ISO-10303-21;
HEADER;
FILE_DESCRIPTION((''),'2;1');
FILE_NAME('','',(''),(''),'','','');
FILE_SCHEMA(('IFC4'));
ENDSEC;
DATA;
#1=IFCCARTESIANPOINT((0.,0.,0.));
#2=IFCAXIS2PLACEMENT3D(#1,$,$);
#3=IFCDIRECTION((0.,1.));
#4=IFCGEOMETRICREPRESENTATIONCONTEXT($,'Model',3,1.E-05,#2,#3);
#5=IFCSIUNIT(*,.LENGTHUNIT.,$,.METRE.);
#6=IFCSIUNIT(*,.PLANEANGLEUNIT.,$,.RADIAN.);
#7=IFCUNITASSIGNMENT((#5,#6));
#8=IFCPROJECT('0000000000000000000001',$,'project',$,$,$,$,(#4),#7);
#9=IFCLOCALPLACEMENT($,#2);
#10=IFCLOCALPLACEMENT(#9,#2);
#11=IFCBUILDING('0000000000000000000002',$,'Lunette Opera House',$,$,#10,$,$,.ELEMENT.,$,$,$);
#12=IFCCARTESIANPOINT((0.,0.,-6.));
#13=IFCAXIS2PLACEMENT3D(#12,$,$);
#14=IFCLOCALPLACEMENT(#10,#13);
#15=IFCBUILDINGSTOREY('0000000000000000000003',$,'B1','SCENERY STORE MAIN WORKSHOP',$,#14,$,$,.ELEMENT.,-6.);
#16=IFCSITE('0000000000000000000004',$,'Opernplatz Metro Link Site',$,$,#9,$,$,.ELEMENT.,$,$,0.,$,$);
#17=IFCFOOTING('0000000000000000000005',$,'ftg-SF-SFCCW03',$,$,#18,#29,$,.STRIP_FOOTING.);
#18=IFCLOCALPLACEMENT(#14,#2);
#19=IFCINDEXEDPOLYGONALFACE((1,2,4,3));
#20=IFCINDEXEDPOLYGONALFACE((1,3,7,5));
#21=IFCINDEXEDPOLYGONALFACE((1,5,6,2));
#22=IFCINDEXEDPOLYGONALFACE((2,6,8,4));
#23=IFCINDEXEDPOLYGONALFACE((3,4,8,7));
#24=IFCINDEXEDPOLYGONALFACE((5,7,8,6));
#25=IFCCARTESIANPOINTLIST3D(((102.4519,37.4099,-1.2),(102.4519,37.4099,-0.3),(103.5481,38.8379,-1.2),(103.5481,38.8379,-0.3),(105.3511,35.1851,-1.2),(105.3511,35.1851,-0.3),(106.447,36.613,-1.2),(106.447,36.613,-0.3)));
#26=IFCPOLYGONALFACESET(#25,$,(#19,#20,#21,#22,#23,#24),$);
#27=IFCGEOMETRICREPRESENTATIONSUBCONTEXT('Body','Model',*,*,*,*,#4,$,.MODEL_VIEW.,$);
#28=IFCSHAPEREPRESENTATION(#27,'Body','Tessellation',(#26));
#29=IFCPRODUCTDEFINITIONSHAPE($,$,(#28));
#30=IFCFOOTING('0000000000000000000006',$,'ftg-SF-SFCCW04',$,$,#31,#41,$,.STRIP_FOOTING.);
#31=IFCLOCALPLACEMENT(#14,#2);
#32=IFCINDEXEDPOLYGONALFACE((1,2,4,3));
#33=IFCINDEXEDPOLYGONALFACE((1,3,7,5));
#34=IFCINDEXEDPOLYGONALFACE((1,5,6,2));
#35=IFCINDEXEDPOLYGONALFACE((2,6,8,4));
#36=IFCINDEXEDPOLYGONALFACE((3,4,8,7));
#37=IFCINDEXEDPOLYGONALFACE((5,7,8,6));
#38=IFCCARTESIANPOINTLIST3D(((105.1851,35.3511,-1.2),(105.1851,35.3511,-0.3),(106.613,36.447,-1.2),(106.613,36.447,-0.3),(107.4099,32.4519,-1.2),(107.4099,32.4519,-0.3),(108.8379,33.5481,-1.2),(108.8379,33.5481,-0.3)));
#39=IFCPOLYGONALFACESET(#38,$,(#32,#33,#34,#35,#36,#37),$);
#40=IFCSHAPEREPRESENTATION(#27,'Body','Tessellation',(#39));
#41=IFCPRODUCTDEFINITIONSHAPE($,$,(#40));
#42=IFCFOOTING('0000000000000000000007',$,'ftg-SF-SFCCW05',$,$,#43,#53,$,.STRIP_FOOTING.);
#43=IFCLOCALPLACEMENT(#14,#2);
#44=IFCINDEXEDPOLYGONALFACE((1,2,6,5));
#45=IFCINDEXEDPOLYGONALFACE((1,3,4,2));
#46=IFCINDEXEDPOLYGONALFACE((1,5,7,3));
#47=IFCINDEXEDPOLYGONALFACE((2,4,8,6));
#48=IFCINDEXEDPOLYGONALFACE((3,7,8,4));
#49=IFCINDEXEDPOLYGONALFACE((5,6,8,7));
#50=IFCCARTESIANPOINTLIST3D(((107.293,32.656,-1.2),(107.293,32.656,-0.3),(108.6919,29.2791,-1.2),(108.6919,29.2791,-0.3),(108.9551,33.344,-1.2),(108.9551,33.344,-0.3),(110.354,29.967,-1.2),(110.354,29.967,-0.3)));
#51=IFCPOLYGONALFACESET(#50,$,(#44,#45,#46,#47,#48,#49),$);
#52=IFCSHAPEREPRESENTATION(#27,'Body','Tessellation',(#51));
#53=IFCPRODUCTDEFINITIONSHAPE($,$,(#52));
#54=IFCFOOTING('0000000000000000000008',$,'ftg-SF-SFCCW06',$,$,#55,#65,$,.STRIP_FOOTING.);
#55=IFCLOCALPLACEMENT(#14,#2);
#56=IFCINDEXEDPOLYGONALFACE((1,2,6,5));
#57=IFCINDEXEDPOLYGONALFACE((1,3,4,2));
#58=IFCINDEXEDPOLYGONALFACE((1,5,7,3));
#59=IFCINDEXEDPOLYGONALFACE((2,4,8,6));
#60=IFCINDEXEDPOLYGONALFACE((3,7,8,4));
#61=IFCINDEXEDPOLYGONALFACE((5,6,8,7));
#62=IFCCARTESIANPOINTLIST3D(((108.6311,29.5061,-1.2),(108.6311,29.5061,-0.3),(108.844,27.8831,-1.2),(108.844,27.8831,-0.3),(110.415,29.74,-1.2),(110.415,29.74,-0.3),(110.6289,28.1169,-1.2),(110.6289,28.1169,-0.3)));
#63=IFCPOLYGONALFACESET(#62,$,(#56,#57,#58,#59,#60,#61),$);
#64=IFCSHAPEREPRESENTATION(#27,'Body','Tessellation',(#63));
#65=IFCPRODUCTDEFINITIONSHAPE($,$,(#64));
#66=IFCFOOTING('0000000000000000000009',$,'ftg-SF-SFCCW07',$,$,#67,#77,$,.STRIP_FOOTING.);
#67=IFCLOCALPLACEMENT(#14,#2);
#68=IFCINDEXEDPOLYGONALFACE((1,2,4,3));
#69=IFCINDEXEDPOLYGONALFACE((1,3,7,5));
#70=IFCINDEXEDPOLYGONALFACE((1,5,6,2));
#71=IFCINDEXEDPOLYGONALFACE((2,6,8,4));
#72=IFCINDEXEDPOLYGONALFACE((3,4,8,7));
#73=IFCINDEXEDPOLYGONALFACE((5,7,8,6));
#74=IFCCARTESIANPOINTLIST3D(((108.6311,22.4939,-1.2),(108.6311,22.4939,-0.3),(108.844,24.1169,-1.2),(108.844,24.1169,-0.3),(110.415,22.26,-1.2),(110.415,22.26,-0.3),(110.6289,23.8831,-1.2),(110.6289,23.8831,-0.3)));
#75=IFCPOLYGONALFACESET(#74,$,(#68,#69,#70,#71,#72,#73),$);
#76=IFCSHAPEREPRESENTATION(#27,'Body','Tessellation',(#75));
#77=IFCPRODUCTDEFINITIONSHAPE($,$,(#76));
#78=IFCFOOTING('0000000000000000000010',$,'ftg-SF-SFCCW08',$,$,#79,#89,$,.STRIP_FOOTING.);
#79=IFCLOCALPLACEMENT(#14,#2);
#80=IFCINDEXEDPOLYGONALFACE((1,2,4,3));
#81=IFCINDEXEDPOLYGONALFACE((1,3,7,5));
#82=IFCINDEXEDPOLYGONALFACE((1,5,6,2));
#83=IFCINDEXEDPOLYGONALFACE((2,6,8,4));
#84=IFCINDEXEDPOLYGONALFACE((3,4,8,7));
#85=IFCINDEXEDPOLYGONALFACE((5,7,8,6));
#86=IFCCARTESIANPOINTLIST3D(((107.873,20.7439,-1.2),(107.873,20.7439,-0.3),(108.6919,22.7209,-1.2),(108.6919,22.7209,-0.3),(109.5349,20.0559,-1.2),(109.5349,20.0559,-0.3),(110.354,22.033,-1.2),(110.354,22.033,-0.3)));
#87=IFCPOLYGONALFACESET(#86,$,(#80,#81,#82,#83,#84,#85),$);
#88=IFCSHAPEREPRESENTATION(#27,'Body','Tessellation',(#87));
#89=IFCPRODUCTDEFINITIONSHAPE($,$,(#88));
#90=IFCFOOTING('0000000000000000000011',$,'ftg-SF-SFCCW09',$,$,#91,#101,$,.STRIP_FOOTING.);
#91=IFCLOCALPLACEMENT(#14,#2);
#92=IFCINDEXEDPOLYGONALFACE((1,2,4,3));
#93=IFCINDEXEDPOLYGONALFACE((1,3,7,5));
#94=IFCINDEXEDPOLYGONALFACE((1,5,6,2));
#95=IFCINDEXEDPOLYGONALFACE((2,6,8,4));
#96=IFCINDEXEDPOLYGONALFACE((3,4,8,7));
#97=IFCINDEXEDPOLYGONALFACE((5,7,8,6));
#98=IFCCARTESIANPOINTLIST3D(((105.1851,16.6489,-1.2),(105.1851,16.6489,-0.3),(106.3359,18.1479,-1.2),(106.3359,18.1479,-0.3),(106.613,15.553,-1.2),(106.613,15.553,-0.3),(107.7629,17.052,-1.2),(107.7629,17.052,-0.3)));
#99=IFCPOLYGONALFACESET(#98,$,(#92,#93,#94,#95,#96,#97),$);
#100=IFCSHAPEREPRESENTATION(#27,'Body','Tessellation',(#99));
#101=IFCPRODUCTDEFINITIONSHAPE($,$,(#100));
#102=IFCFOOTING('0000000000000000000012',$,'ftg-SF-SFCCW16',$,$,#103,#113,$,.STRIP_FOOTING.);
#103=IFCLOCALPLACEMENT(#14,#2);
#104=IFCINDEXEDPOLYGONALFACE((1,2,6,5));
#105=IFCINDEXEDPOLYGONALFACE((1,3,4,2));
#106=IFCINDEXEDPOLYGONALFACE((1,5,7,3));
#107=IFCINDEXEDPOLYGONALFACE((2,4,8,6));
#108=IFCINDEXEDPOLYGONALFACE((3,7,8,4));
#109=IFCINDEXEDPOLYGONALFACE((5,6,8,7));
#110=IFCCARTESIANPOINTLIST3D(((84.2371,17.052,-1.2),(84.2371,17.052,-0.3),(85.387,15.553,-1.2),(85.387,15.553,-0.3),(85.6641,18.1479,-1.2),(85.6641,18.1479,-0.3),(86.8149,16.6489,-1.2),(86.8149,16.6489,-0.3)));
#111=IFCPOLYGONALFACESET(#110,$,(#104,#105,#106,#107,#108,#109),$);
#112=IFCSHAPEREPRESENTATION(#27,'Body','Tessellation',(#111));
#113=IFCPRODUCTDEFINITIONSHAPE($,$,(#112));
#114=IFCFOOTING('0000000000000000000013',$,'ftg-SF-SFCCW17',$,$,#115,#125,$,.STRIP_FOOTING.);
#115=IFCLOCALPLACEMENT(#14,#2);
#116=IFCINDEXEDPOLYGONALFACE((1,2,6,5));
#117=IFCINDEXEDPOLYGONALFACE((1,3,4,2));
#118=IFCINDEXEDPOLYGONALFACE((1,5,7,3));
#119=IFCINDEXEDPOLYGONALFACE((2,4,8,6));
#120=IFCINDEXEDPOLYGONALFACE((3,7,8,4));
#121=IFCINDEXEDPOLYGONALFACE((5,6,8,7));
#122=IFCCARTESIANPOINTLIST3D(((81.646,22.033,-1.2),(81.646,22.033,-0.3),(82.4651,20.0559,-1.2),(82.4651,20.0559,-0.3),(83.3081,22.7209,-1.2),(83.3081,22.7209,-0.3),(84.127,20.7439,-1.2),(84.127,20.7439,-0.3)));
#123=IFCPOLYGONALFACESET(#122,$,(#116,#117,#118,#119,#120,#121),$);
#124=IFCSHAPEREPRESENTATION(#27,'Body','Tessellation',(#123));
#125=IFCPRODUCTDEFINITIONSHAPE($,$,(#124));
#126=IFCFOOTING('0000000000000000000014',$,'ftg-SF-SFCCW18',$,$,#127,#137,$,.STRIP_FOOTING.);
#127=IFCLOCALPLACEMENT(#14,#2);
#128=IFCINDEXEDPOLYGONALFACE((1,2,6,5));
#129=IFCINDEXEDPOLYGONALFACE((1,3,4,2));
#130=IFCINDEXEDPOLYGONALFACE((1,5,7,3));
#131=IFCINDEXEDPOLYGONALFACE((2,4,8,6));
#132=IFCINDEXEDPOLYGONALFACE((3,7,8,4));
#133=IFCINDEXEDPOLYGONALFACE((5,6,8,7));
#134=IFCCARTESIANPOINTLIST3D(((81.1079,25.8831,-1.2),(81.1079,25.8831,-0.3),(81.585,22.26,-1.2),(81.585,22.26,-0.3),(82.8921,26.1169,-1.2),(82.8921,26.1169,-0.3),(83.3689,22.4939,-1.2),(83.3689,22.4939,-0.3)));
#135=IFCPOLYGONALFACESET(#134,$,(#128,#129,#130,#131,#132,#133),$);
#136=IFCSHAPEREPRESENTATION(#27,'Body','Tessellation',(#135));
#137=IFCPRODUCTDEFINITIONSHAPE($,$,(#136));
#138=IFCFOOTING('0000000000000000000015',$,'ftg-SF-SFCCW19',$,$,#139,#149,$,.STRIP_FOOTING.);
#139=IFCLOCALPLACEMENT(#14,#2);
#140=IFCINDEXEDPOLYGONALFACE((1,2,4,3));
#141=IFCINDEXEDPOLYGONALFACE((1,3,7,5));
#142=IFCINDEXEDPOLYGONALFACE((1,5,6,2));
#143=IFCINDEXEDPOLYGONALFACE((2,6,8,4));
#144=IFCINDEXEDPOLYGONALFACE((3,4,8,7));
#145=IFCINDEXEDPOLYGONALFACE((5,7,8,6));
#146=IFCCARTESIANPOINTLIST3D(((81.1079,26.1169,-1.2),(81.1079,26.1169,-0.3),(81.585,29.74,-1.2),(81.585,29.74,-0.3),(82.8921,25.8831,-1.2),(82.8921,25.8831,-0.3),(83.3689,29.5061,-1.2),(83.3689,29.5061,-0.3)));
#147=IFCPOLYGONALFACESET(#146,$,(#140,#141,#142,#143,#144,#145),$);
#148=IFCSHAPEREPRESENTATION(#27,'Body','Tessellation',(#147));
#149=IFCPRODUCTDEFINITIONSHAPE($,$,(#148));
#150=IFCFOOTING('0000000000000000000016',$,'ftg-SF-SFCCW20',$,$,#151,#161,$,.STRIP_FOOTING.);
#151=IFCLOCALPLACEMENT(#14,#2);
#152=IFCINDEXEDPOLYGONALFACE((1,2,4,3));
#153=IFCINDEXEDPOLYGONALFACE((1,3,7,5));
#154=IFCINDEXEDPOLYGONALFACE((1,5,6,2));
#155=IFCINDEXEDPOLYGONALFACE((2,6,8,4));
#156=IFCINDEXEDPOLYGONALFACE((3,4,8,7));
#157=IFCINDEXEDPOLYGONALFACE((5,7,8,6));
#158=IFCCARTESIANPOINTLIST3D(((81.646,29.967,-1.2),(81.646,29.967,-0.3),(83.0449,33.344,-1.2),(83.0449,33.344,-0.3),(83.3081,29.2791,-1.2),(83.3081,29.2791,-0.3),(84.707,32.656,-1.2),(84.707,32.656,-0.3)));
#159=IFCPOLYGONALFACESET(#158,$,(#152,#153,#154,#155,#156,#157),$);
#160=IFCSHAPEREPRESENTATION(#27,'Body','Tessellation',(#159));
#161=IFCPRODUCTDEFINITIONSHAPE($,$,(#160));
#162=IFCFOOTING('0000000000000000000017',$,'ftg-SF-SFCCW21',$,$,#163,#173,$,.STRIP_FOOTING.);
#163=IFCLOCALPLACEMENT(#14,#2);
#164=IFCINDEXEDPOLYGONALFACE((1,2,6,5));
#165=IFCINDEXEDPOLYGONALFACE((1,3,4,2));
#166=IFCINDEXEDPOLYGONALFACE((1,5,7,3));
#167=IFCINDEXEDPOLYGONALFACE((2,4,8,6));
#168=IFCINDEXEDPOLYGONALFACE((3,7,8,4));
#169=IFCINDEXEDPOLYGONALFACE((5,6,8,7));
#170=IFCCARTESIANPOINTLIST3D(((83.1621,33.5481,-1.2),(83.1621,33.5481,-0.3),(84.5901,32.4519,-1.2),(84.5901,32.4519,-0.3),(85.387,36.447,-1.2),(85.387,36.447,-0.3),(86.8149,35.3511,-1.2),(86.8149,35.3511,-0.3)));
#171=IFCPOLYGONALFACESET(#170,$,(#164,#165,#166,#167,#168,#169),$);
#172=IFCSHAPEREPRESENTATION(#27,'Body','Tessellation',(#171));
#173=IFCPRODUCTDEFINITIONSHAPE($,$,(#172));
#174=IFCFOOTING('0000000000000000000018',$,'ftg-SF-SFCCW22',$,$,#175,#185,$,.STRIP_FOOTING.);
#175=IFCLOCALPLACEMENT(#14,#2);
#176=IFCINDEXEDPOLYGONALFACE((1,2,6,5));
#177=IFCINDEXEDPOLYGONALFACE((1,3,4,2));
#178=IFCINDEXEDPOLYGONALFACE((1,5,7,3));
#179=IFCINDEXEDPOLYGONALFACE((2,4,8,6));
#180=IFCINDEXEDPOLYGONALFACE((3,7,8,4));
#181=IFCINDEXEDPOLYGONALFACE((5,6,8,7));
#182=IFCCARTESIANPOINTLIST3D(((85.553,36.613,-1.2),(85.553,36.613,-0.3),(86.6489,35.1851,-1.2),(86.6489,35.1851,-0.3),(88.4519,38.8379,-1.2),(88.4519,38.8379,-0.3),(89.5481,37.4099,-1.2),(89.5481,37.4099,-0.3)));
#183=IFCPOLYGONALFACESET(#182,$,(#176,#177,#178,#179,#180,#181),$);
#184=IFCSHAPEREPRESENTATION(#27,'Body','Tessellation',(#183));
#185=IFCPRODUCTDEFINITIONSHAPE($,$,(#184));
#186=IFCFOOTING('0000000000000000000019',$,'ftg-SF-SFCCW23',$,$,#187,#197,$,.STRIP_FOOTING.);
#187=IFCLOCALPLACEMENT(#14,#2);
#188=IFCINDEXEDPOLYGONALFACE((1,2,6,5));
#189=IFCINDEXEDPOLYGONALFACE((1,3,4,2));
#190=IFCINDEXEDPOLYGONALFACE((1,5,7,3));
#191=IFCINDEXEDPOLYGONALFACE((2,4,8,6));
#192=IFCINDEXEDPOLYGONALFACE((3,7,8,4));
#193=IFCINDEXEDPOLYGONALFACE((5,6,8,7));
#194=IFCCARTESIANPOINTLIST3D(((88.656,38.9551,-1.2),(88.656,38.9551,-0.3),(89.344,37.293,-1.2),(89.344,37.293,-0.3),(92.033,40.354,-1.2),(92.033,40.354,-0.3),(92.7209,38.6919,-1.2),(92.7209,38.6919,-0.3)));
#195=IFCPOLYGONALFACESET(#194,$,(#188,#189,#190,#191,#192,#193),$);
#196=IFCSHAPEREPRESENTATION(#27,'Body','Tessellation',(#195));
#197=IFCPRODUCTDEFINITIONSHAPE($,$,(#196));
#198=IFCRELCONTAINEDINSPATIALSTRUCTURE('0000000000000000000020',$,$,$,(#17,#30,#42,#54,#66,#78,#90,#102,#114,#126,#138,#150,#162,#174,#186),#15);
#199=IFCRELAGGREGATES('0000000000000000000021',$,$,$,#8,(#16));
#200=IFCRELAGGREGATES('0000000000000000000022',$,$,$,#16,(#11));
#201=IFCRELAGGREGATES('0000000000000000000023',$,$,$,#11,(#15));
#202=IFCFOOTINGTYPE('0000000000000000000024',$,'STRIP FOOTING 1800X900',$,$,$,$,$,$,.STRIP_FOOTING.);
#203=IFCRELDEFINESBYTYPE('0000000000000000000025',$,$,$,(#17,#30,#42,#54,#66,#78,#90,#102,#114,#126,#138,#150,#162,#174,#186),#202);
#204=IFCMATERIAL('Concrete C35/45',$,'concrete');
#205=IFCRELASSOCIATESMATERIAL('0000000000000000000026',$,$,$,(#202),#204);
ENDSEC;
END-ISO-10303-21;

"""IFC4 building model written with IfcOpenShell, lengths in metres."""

from ifc_helpers import new_model, si_unit, direction, frame, origin, place, context, subcontext, project, spatial, polyline, outline, extrude, material, type_object, element, save


model = new_model("IFC4")

# Units and contexts
model_context = context("Model", 3, precision=1e-05, world=origin(), true_north=direction((0.0, 1.0)))
body_context = subcontext(model_context, "Body", "Model", "MODEL_VIEW")
ifc_project = project(units=[si_unit("LENGTHUNIT", "METRE"), si_unit("PLANEANGLEUNIT", "RADIAN")], contexts=[model_context])

# Site, building, storey
site_placement = place(None, origin())
site = spatial("IfcSite", under=ifc_project, at=site_placement, Name="Opernplatz Metro Link Site", CompositionType="ELEMENT", RefElevation=0.0)
building_placement = place(site_placement, origin())
building = spatial("IfcBuilding", under=site, at=building_placement, Name="Lunette Opera House", CompositionType="ELEMENT")
storey_placement = place(building_placement, frame((0.0, 0.0, -6.0)))
storey = spatial("IfcBuildingStorey", under=building, at=storey_placement, Name="B1", Description="SCENERY STORE MAIN WORKSHOP", CompositionType="ELEMENT", Elevation=-6.0)

# Footings
ifc_material = material(Name="Concrete C35/45", Category="concrete")
footing_type = type_object("IfcFootingType", Name="STRIP FOOTING 1800X900", PredefinedType="STRIP_FOOTING", material=ifc_material)
footing_1_placement = place(storey_placement, frame((0.0, 0.0, -1.2)))
element("IfcFooting", 1, at=footing_1_placement, inside=storey, type_object=footing_type, Name="ftg-SF-SFCCW03", PredefinedType="STRIP_FOOTING", context=body_context, shape_type="SweptSolid", body=[
    extrude(outline(polyline([(103.5481, 38.8379), (102.4519, 37.4099), (105.3511, 35.1851), (106.447, 36.613), (103.5481, 38.8379)])), origin(), (0.0, 0.0, 1.0), 0.8999),
])
footing_2_placement = place(storey_placement, frame((0.0, 0.0, -1.2)))
element("IfcFooting", 2, at=footing_2_placement, inside=storey, type_object=footing_type, Name="ftg-SF-SFCCW04", PredefinedType="STRIP_FOOTING", context=body_context, shape_type="SweptSolid", body=[
    extrude(outline(polyline([(106.613, 36.447), (105.1851, 35.3511), (107.4099, 32.4519), (108.8379, 33.5481), (106.613, 36.447)])), origin(), (0.0, 0.0, 1.0), 0.8999),
])
footing_3_placement = place(storey_placement, frame((0.0, 0.0, -1.2)))
element("IfcFooting", 3, at=footing_3_placement, inside=storey, type_object=footing_type, Name="ftg-SF-SFCCW05", PredefinedType="STRIP_FOOTING", context=body_context, shape_type="SweptSolid", body=[
    extrude(outline(polyline([(108.9551, 33.344), (107.293, 32.656), (108.6919, 29.2791), (110.354, 29.967), (108.9551, 33.344)])), origin(), (0.0, 0.0, 1.0), 0.8999),
])
footing_4_placement = place(storey_placement, frame((0.0, 0.0, -1.2)))
element("IfcFooting", 4, at=footing_4_placement, inside=storey, type_object=footing_type, Name="ftg-SF-SFCCW06", PredefinedType="STRIP_FOOTING", context=body_context, shape_type="SweptSolid", body=[
    extrude(outline(polyline([(110.415, 29.74), (108.6311, 29.5061), (108.844, 27.8831), (110.6289, 28.1169), (110.415, 29.74)])), origin(), (0.0, 0.0, 1.0), 0.8999),
])
footing_5_placement = place(storey_placement, frame((0.0, 0.0, -1.2)))
element("IfcFooting", 5, at=footing_5_placement, inside=storey, type_object=footing_type, Name="ftg-SF-SFCCW07", PredefinedType="STRIP_FOOTING", context=body_context, shape_type="SweptSolid", body=[
    extrude(outline(polyline([(110.6289, 23.8831), (108.844, 24.1169), (108.6311, 22.4939), (110.415, 22.26), (110.6289, 23.8831)])), origin(), (0.0, 0.0, 1.0), 0.8999),
])
footing_6_placement = place(storey_placement, frame((0.0, 0.0, -1.2)))
element("IfcFooting", 6, at=footing_6_placement, inside=storey, type_object=footing_type, Name="ftg-SF-SFCCW08", PredefinedType="STRIP_FOOTING", context=body_context, shape_type="SweptSolid", body=[
    extrude(outline(polyline([(110.354, 22.033), (108.6919, 22.7209), (107.873, 20.7439), (109.5349, 20.0559), (110.354, 22.033)])), origin(), (0.0, 0.0, 1.0), 0.8999),
])
footing_7_placement = place(storey_placement, frame((0.0, 0.0, -1.2)))
element("IfcFooting", 7, at=footing_7_placement, inside=storey, type_object=footing_type, Name="ftg-SF-SFCCW09", PredefinedType="STRIP_FOOTING", context=body_context, shape_type="SweptSolid", body=[
    extrude(outline(polyline([(107.7629, 17.052), (106.3359, 18.1479), (105.1851, 16.6489), (106.613, 15.553), (107.7629, 17.052)])), origin(), (0.0, 0.0, 1.0), 0.8999),
])
footing_8_placement = place(storey_placement, frame((0.0, 0.0, -1.2)))
element("IfcFooting", 8, at=footing_8_placement, inside=storey, type_object=footing_type, Name="ftg-SF-SFCCW16", PredefinedType="STRIP_FOOTING", context=body_context, shape_type="SweptSolid", body=[
    extrude(outline(polyline([(85.387, 15.553), (86.8149, 16.6489), (85.6641, 18.1479), (84.2371, 17.052), (85.387, 15.553)])), origin(), (0.0, 0.0, 1.0), 0.8999),
])
footing_9_placement = place(storey_placement, frame((0.0, 0.0, -1.2)))
element("IfcFooting", 9, at=footing_9_placement, inside=storey, type_object=footing_type, Name="ftg-SF-SFCCW17", PredefinedType="STRIP_FOOTING", context=body_context, shape_type="SweptSolid", body=[
    extrude(outline(polyline([(82.4651, 20.0559), (84.127, 20.7439), (83.3081, 22.7209), (81.646, 22.033), (82.4651, 20.0559)])), origin(), (0.0, 0.0, 1.0), 0.8999),
])
footing_10_placement = place(storey_placement, frame((0.0, 0.0, -1.2)))
element("IfcFooting", 10, at=footing_10_placement, inside=storey, type_object=footing_type, Name="ftg-SF-SFCCW18", PredefinedType="STRIP_FOOTING", context=body_context, shape_type="SweptSolid", body=[
    extrude(outline(polyline([(81.585, 22.26), (83.3689, 22.4939), (82.8921, 26.1169), (81.1079, 25.8831), (81.585, 22.26)])), origin(), (0.0, 0.0, 1.0), 0.8999),
])
footing_11_placement = place(storey_placement, frame((0.0, 0.0, -1.2)))
element("IfcFooting", 11, at=footing_11_placement, inside=storey, type_object=footing_type, Name="ftg-SF-SFCCW19", PredefinedType="STRIP_FOOTING", context=body_context, shape_type="SweptSolid", body=[
    extrude(outline(polyline([(81.1079, 26.1169), (82.8921, 25.8831), (83.3689, 29.5061), (81.585, 29.74), (81.1079, 26.1169)])), origin(), (0.0, 0.0, 1.0), 0.8999),
])
footing_12_placement = place(storey_placement, frame((0.0, 0.0, -1.2)))
element("IfcFooting", 12, at=footing_12_placement, inside=storey, type_object=footing_type, Name="ftg-SF-SFCCW20", PredefinedType="STRIP_FOOTING", context=body_context, shape_type="SweptSolid", body=[
    extrude(outline(polyline([(81.646, 29.967), (83.3081, 29.2791), (84.707, 32.656), (83.0449, 33.344), (81.646, 29.967)])), origin(), (0.0, 0.0, 1.0), 0.8999),
])
footing_13_placement = place(storey_placement, frame((0.0, 0.0, -1.2)))
element("IfcFooting", 13, at=footing_13_placement, inside=storey, type_object=footing_type, Name="ftg-SF-SFCCW21", PredefinedType="STRIP_FOOTING", context=body_context, shape_type="SweptSolid", body=[
    extrude(outline(polyline([(83.1621, 33.5481), (84.5901, 32.4519), (86.8149, 35.3511), (85.387, 36.447), (83.1621, 33.5481)])), origin(), (0.0, 0.0, 1.0), 0.8999),
])
footing_14_placement = place(storey_placement, frame((0.0, 0.0, -1.2)))
element("IfcFooting", 14, at=footing_14_placement, inside=storey, type_object=footing_type, Name="ftg-SF-SFCCW22", PredefinedType="STRIP_FOOTING", context=body_context, shape_type="SweptSolid", body=[
    extrude(outline(polyline([(85.553, 36.613), (86.6489, 35.1851), (89.5481, 37.4099), (88.4519, 38.8379), (85.553, 36.613)])), origin(), (0.0, 0.0, 1.0), 0.8999),
])
footing_15_placement = place(storey_placement, frame((0.0, 0.0, -1.2)))
element("IfcFooting", 15, at=footing_15_placement, inside=storey, type_object=footing_type, Name="ftg-SF-SFCCW23", PredefinedType="STRIP_FOOTING", context=body_context, shape_type="SweptSolid", body=[
    extrude(outline(polyline([(88.656, 38.9551), (89.344, 37.293), (92.7209, 38.6919), (92.033, 40.354), (88.656, 38.9551)])), origin(), (0.0, 0.0, 1.0), 0.8999),
])

save(model, "model.ifc")
